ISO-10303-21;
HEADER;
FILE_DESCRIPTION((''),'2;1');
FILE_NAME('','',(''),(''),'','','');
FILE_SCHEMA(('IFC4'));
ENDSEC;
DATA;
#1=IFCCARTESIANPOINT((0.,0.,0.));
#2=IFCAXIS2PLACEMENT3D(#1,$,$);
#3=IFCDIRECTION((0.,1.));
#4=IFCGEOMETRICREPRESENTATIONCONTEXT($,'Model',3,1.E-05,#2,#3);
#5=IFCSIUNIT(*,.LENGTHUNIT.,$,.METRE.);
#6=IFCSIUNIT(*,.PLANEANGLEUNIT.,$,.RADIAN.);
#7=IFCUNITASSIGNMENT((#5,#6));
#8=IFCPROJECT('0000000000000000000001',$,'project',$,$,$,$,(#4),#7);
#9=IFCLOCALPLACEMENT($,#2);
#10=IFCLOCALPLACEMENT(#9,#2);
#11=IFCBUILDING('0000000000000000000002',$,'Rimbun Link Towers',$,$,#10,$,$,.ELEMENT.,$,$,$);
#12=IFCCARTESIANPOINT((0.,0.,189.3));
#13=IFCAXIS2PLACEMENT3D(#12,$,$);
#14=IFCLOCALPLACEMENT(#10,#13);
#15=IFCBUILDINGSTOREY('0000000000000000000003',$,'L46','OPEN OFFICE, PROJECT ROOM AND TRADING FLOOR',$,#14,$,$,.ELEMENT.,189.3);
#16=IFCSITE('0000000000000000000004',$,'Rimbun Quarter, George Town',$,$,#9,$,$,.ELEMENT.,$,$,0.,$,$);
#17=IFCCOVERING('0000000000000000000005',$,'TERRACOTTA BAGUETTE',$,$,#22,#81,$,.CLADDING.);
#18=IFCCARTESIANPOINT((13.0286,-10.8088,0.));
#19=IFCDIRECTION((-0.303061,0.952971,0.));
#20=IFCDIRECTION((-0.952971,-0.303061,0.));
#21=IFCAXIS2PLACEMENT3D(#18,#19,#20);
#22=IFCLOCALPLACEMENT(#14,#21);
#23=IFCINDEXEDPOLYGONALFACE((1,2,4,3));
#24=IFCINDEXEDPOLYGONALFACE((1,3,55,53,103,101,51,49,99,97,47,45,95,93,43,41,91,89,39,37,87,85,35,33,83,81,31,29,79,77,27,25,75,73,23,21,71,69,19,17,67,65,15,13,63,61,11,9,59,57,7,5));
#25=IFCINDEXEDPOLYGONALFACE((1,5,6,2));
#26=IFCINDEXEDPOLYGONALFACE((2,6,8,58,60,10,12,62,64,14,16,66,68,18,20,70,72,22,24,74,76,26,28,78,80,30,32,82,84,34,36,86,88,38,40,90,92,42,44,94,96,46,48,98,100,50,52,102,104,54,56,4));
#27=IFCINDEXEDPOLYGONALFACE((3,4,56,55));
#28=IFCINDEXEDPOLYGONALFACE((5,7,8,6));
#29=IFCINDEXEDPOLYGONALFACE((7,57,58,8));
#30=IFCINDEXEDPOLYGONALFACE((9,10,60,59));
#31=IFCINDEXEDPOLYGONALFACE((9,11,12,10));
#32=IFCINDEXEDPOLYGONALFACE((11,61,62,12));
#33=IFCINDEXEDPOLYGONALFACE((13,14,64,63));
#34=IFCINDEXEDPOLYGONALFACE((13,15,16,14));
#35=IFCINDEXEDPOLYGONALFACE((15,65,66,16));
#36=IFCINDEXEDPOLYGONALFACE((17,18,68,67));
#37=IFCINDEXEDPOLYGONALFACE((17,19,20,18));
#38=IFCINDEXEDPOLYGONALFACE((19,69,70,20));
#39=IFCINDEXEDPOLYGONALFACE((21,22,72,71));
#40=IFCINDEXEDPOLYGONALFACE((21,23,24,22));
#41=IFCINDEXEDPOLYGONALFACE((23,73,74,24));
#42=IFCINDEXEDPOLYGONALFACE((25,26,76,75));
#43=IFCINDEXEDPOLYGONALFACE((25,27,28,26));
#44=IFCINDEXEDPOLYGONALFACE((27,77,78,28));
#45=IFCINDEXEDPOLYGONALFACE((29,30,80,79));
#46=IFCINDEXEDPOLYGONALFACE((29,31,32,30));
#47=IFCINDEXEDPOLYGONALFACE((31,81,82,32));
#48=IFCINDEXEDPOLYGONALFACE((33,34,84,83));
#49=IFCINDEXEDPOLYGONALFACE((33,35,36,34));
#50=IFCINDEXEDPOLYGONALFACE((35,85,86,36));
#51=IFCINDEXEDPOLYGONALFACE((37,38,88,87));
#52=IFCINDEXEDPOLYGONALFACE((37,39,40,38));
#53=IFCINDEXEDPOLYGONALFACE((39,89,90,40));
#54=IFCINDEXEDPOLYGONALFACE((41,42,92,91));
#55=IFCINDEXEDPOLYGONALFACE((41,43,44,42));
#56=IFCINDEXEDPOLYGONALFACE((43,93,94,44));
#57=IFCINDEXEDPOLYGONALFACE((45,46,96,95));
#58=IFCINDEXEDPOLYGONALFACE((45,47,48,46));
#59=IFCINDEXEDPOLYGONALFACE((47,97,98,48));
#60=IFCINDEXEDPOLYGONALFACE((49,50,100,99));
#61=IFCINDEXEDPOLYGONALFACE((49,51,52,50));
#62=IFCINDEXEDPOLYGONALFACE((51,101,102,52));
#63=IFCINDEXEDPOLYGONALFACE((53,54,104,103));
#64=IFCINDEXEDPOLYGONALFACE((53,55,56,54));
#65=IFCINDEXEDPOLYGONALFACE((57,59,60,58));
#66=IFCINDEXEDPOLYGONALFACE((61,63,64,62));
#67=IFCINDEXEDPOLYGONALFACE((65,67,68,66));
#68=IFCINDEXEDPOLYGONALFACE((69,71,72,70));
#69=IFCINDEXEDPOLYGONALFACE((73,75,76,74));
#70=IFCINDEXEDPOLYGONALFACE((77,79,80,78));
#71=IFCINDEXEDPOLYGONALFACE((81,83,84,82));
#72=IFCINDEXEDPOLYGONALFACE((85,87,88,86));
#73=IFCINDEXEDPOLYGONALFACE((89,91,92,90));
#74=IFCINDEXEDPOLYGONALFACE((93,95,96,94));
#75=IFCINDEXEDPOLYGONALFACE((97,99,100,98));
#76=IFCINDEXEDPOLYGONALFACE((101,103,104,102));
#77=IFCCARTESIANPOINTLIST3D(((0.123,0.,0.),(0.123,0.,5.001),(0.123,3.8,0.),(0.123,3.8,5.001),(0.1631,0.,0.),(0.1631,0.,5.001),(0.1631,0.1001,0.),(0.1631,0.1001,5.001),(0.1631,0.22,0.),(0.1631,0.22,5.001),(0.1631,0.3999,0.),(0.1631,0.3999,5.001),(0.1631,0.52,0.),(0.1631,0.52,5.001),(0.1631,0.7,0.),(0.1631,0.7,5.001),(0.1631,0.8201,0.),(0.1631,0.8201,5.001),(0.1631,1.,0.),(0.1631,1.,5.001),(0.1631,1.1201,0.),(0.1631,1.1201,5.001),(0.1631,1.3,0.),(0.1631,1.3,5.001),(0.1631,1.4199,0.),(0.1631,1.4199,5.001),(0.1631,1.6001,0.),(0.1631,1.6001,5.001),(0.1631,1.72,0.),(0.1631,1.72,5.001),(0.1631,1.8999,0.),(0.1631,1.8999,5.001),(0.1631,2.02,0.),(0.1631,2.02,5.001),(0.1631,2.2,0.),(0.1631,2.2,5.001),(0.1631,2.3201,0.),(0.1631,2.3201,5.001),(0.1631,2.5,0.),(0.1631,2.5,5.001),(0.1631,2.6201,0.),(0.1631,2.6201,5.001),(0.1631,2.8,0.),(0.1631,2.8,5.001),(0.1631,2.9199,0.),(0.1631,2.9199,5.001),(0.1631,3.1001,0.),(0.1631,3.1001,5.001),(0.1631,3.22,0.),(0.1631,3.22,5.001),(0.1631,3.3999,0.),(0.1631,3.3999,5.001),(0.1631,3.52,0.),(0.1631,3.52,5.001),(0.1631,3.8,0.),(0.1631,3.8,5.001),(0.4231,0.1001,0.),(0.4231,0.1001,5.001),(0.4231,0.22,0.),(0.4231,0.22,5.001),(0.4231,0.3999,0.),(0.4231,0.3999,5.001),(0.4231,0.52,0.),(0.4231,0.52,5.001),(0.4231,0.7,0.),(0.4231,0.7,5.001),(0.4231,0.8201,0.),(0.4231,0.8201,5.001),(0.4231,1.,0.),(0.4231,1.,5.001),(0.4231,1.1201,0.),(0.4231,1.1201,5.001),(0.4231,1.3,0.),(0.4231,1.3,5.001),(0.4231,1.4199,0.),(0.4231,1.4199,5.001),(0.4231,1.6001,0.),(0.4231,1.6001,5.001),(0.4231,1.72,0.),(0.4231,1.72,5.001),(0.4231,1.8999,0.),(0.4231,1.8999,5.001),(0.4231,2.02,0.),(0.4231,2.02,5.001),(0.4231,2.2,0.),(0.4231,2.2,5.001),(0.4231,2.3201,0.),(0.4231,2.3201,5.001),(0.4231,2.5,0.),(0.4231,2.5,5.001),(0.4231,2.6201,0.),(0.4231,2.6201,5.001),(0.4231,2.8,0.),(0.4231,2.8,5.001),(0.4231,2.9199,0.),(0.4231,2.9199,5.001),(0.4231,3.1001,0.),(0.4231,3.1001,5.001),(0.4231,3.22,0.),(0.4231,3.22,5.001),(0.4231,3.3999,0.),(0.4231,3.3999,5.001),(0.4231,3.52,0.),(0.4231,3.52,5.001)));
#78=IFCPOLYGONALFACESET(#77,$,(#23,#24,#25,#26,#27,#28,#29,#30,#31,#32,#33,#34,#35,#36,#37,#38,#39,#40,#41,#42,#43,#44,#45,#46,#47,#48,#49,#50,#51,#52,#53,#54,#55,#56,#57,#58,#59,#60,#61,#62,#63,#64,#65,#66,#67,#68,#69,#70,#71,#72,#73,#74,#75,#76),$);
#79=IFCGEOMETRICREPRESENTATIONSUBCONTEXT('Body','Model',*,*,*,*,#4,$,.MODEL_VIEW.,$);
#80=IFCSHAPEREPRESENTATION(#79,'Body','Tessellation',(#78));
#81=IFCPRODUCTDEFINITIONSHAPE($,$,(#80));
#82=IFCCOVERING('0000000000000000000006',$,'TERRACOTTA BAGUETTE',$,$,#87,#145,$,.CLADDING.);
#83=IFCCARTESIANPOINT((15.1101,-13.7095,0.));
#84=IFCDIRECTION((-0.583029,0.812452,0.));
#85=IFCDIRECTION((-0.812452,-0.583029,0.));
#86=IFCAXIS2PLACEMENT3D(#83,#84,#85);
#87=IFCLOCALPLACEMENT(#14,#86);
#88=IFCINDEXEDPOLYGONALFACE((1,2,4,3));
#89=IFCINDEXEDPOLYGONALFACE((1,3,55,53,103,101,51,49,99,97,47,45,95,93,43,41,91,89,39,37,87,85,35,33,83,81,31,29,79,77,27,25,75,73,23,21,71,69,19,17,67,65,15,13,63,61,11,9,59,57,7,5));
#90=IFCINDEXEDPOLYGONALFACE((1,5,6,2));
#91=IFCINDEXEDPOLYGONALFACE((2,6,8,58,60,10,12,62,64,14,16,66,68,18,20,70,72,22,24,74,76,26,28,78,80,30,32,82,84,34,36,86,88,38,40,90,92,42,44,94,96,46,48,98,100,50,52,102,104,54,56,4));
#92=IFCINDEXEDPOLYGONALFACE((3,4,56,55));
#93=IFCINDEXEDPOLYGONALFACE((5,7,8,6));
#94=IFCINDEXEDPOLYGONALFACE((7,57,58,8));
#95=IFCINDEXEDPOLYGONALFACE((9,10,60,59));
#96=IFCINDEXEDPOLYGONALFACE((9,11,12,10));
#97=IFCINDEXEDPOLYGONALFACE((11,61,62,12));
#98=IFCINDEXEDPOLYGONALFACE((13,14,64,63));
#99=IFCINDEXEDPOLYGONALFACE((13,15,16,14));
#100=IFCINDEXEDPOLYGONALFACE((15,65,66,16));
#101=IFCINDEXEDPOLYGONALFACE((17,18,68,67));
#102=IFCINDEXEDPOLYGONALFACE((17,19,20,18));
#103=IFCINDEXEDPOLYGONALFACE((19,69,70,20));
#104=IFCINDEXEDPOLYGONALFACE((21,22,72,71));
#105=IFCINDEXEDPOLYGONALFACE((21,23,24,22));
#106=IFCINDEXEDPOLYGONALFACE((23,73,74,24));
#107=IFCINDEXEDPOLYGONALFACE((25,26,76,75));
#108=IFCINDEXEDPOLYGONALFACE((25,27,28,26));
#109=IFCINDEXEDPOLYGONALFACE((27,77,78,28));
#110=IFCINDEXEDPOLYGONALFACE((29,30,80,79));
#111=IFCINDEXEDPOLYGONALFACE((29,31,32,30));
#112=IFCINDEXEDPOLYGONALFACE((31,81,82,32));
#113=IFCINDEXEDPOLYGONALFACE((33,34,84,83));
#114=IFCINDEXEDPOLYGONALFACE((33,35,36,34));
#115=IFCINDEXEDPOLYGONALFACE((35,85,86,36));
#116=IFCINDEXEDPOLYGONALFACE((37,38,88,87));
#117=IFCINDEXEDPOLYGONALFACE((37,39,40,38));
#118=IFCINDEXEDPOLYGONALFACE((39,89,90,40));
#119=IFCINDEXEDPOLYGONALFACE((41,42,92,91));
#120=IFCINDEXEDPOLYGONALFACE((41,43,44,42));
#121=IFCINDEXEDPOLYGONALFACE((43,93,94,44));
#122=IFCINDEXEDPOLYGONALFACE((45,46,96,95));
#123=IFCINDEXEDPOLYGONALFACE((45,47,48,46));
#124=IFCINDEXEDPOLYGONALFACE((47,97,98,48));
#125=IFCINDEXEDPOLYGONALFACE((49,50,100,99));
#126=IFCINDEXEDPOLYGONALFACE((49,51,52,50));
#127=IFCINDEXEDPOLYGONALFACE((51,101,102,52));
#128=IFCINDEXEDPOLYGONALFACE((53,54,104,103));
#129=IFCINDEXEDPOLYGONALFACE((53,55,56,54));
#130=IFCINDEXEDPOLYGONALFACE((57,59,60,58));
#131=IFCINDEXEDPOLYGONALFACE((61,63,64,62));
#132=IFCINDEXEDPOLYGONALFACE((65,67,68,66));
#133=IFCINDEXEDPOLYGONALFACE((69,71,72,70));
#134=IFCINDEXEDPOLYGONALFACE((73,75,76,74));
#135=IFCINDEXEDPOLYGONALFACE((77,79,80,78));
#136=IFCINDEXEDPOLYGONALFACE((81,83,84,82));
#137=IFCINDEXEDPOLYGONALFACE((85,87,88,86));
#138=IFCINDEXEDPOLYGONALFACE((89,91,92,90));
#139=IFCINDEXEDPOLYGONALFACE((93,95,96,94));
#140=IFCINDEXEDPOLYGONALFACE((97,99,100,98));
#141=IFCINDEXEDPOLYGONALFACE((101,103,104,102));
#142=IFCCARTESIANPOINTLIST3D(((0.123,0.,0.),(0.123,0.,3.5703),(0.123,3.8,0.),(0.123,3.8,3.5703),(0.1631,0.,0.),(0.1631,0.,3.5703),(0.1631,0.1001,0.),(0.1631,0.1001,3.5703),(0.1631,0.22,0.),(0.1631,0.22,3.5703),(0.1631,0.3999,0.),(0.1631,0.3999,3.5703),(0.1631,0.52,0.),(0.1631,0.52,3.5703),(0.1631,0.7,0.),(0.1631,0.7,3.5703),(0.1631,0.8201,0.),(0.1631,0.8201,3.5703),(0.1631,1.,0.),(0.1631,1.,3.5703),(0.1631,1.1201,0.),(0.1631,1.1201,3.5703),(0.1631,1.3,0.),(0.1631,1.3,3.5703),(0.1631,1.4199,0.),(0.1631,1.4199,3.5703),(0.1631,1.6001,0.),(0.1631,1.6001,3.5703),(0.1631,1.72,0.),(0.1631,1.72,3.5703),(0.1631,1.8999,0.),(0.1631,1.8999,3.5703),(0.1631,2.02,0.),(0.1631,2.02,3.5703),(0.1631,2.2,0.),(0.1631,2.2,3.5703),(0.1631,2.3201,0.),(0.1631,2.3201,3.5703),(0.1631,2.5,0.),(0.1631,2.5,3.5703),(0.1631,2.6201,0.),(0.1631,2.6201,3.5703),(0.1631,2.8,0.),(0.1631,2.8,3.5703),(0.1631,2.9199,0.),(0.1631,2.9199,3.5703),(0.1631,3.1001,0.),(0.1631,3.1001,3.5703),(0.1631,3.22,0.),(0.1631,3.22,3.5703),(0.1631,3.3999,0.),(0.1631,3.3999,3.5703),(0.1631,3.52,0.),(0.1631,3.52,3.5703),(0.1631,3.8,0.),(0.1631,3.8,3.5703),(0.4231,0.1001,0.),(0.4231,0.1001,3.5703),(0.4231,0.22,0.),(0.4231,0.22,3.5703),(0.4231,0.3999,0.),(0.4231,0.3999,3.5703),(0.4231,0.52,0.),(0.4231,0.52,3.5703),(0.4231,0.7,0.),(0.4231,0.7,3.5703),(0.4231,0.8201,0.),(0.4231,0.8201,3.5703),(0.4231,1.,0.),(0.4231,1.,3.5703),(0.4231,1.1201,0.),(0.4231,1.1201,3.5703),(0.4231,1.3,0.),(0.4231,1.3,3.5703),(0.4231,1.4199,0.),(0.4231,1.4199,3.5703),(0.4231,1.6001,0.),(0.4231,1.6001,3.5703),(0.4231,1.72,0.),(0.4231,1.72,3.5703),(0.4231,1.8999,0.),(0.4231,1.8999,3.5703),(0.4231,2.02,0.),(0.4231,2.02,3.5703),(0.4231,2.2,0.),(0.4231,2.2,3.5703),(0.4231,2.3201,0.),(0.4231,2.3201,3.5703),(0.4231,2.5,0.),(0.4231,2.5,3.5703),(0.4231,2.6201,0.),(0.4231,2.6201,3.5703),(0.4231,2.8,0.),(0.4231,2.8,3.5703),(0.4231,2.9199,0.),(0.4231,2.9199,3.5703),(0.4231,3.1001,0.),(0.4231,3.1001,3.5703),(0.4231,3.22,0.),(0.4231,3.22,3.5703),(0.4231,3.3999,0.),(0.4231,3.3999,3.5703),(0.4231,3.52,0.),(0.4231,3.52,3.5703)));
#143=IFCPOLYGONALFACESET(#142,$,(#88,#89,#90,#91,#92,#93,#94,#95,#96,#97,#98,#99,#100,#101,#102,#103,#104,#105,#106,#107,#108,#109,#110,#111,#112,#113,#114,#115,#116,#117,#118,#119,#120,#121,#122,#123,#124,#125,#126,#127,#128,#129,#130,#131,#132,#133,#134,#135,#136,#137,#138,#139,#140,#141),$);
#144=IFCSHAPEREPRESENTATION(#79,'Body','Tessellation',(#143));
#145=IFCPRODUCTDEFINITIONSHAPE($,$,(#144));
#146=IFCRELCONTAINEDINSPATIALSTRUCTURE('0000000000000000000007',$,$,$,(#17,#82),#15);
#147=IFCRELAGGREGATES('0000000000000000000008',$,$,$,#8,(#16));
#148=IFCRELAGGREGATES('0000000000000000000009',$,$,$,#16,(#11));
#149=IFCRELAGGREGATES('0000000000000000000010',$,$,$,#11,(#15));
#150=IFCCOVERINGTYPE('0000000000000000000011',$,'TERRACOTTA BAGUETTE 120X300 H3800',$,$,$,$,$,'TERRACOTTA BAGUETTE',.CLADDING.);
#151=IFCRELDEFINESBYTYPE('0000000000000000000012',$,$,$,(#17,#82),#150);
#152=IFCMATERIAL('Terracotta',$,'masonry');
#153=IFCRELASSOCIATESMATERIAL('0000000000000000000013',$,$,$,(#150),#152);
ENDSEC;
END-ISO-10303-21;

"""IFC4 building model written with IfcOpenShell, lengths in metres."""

from ifc_helpers import new_model, si_unit, direction, frame, origin, place, context, subcontext, project, spatial, polyline, outline, extrude, material, material_profile, profile_set, type_object, element, save


model = new_model("IFC4")

# Units and contexts
model_context = context("Model", 3, precision=1e-05, world=origin(), true_north=direction((0.0, 1.0)))
body_context = subcontext(model_context, "Body", "Model", "MODEL_VIEW")
ifc_project = project(units=[si_unit("LENGTHUNIT", "METRE"), si_unit("PLANEANGLEUNIT", "RADIAN")], contexts=[model_context])

# Site, building, storey
site_placement = place(None, origin())
site = spatial("IfcSite", under=ifc_project, at=site_placement, Name="Rimbun Quarter, George Town", CompositionType="ELEMENT", RefElevation=0.0)
building_placement = place(site_placement, origin())
building = spatial("IfcBuilding", under=site, at=building_placement, Name="Rimbun Link Towers", CompositionType="ELEMENT")
storey_placement = place(building_placement, frame((0.0, 0.0, 189.3)))
storey = spatial("IfcBuildingStorey", under=building, at=storey_placement, Name="L46", Description="OPEN OFFICE, PROJECT ROOM AND TRADING FLOOR", CompositionType="ELEMENT", Elevation=189.3)

# Coverings
ifc_material_1 = material(Name="Terracotta", Category="masonry")
ifc_material_profile_1 = material_profile(ifc_material_1, outline(polyline([(0.123, 0.0), (0.1631, 0.0), (0.1631, 0.1001), (0.4231, 0.1001), (0.4231, 0.22), (0.1631, 0.22), (0.1631, 0.3999), (0.4231, 0.3999), (0.4231, 0.52), (0.1631, 0.52), (0.1631, 0.7), (0.4231, 0.7), (0.4231, 0.8201), (0.1631, 0.8201), (0.1631, 1.0), (0.4231, 1.0), (0.4231, 1.1201), (0.1631, 1.1201), (0.1631, 1.3), (0.4231, 1.3), (0.4231, 1.4199), (0.1631, 1.4199), (0.1631, 1.6001), (0.4231, 1.6001), (0.4231, 1.72), (0.1631, 1.72), (0.1631, 1.8999), (0.4231, 1.8999), (0.4231, 2.02), (0.1631, 2.02), (0.1631, 2.2), (0.4231, 2.2), (0.4231, 2.3201), (0.1631, 2.3201), (0.1631, 2.5), (0.4231, 2.5), (0.4231, 2.6201), (0.1631, 2.6201), (0.1631, 2.8), (0.4231, 2.8), (0.4231, 2.9199), (0.1631, 2.9199), (0.1631, 3.1001), (0.4231, 3.1001), (0.4231, 3.22), (0.1631, 3.22), (0.1631, 3.3999), (0.4231, 3.3999), (0.4231, 3.52), (0.1631, 3.52), (0.1631, 3.8), (0.123, 3.8), (0.123, 0.0)])), Name="BAGUETTE 120X300")
ifc_profile_set_1 = profile_set([ifc_material_profile_1], Name="Terracotta")
covering_type_1 = type_object("IfcCoveringType", Name="TERRACOTTA BAGUETTE 120X300 H3800", ElementType="TERRACOTTA BAGUETTE", PredefinedType="CLADDING", material=ifc_profile_set_1)
covering_1_placement = place(storey_placement, frame((13.0286, -10.8088, 0.0), z_axis=(-0.303061, 0.952971, 0.0), x_axis=(-0.952971, -0.303061, 0.0)))
element("IfcCovering", 1, at=covering_1_placement, inside=storey, type_object=covering_type_1, Name="TERRACOTTA BAGUETTE", PredefinedType="CLADDING", context=body_context, shape_type="SweptSolid", body=[
    extrude(outline(polyline([(0.123, 0.0), (0.1631, 0.0), (0.1631, 0.1001), (0.4231, 0.1001), (0.4231, 0.22), (0.1631, 0.22), (0.1631, 0.3999), (0.4231, 0.3999), (0.4231, 0.52), (0.1631, 0.52), (0.1631, 0.7), (0.4231, 0.7), (0.4231, 0.8201), (0.1631, 0.8201), (0.1631, 1.0), (0.4231, 1.0), (0.4231, 1.1201), (0.1631, 1.1201), (0.1631, 1.3), (0.4231, 1.3), (0.4231, 1.4199), (0.1631, 1.4199), (0.1631, 1.6001), (0.4231, 1.6001), (0.4231, 1.72), (0.1631, 1.72), (0.1631, 1.8999), (0.4231, 1.8999), (0.4231, 2.02), (0.1631, 2.02), (0.1631, 2.2), (0.4231, 2.2), (0.4231, 2.3201), (0.1631, 2.3201), (0.1631, 2.5), (0.4231, 2.5), (0.4231, 2.6201), (0.1631, 2.6201), (0.1631, 2.8), (0.4231, 2.8), (0.4231, 2.9199), (0.1631, 2.9199), (0.1631, 3.1001), (0.4231, 3.1001), (0.4231, 3.22), (0.1631, 3.22), (0.1631, 3.3999), (0.4231, 3.3999), (0.4231, 3.52), (0.1631, 3.52), (0.1631, 3.8), (0.123, 3.8), (0.123, 0.0)])), origin(), (0.0, 0.0, 1.0), 5.001),
])
covering_2_placement = place(storey_placement, frame((15.1101, -13.7095, 0.0), z_axis=(-0.583029, 0.812452, 0.0), x_axis=(-0.812452, -0.583029, 0.0)))
element("IfcCovering", 2, at=covering_2_placement, inside=storey, type_object=covering_type_1, Name="TERRACOTTA BAGUETTE", PredefinedType="CLADDING", context=body_context, shape_type="SweptSolid", body=[
    extrude(outline(polyline([(0.123, 0.0), (0.1631, 0.0), (0.1631, 0.1001), (0.4231, 0.1001), (0.4231, 0.22), (0.1631, 0.22), (0.1631, 0.3999), (0.4231, 0.3999), (0.4231, 0.52), (0.1631, 0.52), (0.1631, 0.7), (0.4231, 0.7), (0.4231, 0.8201), (0.1631, 0.8201), (0.1631, 1.0), (0.4231, 1.0), (0.4231, 1.1201), (0.1631, 1.1201), (0.1631, 1.3), (0.4231, 1.3), (0.4231, 1.4199), (0.1631, 1.4199), (0.1631, 1.6001), (0.4231, 1.6001), (0.4231, 1.72), (0.1631, 1.72), (0.1631, 1.8999), (0.4231, 1.8999), (0.4231, 2.02), (0.1631, 2.02), (0.1631, 2.2), (0.4231, 2.2), (0.4231, 2.3201), (0.1631, 2.3201), (0.1631, 2.5), (0.4231, 2.5), (0.4231, 2.6201), (0.1631, 2.6201), (0.1631, 2.8), (0.4231, 2.8), (0.4231, 2.9199), (0.1631, 2.9199), (0.1631, 3.1001), (0.4231, 3.1001), (0.4231, 3.22), (0.1631, 3.22), (0.1631, 3.3999), (0.4231, 3.3999), (0.4231, 3.52), (0.1631, 3.52), (0.1631, 3.8), (0.123, 3.8), (0.123, 0.0)])), origin(), (0.0, 0.0, 1.0), 3.5703),
])

save(model, "model.ifc")
